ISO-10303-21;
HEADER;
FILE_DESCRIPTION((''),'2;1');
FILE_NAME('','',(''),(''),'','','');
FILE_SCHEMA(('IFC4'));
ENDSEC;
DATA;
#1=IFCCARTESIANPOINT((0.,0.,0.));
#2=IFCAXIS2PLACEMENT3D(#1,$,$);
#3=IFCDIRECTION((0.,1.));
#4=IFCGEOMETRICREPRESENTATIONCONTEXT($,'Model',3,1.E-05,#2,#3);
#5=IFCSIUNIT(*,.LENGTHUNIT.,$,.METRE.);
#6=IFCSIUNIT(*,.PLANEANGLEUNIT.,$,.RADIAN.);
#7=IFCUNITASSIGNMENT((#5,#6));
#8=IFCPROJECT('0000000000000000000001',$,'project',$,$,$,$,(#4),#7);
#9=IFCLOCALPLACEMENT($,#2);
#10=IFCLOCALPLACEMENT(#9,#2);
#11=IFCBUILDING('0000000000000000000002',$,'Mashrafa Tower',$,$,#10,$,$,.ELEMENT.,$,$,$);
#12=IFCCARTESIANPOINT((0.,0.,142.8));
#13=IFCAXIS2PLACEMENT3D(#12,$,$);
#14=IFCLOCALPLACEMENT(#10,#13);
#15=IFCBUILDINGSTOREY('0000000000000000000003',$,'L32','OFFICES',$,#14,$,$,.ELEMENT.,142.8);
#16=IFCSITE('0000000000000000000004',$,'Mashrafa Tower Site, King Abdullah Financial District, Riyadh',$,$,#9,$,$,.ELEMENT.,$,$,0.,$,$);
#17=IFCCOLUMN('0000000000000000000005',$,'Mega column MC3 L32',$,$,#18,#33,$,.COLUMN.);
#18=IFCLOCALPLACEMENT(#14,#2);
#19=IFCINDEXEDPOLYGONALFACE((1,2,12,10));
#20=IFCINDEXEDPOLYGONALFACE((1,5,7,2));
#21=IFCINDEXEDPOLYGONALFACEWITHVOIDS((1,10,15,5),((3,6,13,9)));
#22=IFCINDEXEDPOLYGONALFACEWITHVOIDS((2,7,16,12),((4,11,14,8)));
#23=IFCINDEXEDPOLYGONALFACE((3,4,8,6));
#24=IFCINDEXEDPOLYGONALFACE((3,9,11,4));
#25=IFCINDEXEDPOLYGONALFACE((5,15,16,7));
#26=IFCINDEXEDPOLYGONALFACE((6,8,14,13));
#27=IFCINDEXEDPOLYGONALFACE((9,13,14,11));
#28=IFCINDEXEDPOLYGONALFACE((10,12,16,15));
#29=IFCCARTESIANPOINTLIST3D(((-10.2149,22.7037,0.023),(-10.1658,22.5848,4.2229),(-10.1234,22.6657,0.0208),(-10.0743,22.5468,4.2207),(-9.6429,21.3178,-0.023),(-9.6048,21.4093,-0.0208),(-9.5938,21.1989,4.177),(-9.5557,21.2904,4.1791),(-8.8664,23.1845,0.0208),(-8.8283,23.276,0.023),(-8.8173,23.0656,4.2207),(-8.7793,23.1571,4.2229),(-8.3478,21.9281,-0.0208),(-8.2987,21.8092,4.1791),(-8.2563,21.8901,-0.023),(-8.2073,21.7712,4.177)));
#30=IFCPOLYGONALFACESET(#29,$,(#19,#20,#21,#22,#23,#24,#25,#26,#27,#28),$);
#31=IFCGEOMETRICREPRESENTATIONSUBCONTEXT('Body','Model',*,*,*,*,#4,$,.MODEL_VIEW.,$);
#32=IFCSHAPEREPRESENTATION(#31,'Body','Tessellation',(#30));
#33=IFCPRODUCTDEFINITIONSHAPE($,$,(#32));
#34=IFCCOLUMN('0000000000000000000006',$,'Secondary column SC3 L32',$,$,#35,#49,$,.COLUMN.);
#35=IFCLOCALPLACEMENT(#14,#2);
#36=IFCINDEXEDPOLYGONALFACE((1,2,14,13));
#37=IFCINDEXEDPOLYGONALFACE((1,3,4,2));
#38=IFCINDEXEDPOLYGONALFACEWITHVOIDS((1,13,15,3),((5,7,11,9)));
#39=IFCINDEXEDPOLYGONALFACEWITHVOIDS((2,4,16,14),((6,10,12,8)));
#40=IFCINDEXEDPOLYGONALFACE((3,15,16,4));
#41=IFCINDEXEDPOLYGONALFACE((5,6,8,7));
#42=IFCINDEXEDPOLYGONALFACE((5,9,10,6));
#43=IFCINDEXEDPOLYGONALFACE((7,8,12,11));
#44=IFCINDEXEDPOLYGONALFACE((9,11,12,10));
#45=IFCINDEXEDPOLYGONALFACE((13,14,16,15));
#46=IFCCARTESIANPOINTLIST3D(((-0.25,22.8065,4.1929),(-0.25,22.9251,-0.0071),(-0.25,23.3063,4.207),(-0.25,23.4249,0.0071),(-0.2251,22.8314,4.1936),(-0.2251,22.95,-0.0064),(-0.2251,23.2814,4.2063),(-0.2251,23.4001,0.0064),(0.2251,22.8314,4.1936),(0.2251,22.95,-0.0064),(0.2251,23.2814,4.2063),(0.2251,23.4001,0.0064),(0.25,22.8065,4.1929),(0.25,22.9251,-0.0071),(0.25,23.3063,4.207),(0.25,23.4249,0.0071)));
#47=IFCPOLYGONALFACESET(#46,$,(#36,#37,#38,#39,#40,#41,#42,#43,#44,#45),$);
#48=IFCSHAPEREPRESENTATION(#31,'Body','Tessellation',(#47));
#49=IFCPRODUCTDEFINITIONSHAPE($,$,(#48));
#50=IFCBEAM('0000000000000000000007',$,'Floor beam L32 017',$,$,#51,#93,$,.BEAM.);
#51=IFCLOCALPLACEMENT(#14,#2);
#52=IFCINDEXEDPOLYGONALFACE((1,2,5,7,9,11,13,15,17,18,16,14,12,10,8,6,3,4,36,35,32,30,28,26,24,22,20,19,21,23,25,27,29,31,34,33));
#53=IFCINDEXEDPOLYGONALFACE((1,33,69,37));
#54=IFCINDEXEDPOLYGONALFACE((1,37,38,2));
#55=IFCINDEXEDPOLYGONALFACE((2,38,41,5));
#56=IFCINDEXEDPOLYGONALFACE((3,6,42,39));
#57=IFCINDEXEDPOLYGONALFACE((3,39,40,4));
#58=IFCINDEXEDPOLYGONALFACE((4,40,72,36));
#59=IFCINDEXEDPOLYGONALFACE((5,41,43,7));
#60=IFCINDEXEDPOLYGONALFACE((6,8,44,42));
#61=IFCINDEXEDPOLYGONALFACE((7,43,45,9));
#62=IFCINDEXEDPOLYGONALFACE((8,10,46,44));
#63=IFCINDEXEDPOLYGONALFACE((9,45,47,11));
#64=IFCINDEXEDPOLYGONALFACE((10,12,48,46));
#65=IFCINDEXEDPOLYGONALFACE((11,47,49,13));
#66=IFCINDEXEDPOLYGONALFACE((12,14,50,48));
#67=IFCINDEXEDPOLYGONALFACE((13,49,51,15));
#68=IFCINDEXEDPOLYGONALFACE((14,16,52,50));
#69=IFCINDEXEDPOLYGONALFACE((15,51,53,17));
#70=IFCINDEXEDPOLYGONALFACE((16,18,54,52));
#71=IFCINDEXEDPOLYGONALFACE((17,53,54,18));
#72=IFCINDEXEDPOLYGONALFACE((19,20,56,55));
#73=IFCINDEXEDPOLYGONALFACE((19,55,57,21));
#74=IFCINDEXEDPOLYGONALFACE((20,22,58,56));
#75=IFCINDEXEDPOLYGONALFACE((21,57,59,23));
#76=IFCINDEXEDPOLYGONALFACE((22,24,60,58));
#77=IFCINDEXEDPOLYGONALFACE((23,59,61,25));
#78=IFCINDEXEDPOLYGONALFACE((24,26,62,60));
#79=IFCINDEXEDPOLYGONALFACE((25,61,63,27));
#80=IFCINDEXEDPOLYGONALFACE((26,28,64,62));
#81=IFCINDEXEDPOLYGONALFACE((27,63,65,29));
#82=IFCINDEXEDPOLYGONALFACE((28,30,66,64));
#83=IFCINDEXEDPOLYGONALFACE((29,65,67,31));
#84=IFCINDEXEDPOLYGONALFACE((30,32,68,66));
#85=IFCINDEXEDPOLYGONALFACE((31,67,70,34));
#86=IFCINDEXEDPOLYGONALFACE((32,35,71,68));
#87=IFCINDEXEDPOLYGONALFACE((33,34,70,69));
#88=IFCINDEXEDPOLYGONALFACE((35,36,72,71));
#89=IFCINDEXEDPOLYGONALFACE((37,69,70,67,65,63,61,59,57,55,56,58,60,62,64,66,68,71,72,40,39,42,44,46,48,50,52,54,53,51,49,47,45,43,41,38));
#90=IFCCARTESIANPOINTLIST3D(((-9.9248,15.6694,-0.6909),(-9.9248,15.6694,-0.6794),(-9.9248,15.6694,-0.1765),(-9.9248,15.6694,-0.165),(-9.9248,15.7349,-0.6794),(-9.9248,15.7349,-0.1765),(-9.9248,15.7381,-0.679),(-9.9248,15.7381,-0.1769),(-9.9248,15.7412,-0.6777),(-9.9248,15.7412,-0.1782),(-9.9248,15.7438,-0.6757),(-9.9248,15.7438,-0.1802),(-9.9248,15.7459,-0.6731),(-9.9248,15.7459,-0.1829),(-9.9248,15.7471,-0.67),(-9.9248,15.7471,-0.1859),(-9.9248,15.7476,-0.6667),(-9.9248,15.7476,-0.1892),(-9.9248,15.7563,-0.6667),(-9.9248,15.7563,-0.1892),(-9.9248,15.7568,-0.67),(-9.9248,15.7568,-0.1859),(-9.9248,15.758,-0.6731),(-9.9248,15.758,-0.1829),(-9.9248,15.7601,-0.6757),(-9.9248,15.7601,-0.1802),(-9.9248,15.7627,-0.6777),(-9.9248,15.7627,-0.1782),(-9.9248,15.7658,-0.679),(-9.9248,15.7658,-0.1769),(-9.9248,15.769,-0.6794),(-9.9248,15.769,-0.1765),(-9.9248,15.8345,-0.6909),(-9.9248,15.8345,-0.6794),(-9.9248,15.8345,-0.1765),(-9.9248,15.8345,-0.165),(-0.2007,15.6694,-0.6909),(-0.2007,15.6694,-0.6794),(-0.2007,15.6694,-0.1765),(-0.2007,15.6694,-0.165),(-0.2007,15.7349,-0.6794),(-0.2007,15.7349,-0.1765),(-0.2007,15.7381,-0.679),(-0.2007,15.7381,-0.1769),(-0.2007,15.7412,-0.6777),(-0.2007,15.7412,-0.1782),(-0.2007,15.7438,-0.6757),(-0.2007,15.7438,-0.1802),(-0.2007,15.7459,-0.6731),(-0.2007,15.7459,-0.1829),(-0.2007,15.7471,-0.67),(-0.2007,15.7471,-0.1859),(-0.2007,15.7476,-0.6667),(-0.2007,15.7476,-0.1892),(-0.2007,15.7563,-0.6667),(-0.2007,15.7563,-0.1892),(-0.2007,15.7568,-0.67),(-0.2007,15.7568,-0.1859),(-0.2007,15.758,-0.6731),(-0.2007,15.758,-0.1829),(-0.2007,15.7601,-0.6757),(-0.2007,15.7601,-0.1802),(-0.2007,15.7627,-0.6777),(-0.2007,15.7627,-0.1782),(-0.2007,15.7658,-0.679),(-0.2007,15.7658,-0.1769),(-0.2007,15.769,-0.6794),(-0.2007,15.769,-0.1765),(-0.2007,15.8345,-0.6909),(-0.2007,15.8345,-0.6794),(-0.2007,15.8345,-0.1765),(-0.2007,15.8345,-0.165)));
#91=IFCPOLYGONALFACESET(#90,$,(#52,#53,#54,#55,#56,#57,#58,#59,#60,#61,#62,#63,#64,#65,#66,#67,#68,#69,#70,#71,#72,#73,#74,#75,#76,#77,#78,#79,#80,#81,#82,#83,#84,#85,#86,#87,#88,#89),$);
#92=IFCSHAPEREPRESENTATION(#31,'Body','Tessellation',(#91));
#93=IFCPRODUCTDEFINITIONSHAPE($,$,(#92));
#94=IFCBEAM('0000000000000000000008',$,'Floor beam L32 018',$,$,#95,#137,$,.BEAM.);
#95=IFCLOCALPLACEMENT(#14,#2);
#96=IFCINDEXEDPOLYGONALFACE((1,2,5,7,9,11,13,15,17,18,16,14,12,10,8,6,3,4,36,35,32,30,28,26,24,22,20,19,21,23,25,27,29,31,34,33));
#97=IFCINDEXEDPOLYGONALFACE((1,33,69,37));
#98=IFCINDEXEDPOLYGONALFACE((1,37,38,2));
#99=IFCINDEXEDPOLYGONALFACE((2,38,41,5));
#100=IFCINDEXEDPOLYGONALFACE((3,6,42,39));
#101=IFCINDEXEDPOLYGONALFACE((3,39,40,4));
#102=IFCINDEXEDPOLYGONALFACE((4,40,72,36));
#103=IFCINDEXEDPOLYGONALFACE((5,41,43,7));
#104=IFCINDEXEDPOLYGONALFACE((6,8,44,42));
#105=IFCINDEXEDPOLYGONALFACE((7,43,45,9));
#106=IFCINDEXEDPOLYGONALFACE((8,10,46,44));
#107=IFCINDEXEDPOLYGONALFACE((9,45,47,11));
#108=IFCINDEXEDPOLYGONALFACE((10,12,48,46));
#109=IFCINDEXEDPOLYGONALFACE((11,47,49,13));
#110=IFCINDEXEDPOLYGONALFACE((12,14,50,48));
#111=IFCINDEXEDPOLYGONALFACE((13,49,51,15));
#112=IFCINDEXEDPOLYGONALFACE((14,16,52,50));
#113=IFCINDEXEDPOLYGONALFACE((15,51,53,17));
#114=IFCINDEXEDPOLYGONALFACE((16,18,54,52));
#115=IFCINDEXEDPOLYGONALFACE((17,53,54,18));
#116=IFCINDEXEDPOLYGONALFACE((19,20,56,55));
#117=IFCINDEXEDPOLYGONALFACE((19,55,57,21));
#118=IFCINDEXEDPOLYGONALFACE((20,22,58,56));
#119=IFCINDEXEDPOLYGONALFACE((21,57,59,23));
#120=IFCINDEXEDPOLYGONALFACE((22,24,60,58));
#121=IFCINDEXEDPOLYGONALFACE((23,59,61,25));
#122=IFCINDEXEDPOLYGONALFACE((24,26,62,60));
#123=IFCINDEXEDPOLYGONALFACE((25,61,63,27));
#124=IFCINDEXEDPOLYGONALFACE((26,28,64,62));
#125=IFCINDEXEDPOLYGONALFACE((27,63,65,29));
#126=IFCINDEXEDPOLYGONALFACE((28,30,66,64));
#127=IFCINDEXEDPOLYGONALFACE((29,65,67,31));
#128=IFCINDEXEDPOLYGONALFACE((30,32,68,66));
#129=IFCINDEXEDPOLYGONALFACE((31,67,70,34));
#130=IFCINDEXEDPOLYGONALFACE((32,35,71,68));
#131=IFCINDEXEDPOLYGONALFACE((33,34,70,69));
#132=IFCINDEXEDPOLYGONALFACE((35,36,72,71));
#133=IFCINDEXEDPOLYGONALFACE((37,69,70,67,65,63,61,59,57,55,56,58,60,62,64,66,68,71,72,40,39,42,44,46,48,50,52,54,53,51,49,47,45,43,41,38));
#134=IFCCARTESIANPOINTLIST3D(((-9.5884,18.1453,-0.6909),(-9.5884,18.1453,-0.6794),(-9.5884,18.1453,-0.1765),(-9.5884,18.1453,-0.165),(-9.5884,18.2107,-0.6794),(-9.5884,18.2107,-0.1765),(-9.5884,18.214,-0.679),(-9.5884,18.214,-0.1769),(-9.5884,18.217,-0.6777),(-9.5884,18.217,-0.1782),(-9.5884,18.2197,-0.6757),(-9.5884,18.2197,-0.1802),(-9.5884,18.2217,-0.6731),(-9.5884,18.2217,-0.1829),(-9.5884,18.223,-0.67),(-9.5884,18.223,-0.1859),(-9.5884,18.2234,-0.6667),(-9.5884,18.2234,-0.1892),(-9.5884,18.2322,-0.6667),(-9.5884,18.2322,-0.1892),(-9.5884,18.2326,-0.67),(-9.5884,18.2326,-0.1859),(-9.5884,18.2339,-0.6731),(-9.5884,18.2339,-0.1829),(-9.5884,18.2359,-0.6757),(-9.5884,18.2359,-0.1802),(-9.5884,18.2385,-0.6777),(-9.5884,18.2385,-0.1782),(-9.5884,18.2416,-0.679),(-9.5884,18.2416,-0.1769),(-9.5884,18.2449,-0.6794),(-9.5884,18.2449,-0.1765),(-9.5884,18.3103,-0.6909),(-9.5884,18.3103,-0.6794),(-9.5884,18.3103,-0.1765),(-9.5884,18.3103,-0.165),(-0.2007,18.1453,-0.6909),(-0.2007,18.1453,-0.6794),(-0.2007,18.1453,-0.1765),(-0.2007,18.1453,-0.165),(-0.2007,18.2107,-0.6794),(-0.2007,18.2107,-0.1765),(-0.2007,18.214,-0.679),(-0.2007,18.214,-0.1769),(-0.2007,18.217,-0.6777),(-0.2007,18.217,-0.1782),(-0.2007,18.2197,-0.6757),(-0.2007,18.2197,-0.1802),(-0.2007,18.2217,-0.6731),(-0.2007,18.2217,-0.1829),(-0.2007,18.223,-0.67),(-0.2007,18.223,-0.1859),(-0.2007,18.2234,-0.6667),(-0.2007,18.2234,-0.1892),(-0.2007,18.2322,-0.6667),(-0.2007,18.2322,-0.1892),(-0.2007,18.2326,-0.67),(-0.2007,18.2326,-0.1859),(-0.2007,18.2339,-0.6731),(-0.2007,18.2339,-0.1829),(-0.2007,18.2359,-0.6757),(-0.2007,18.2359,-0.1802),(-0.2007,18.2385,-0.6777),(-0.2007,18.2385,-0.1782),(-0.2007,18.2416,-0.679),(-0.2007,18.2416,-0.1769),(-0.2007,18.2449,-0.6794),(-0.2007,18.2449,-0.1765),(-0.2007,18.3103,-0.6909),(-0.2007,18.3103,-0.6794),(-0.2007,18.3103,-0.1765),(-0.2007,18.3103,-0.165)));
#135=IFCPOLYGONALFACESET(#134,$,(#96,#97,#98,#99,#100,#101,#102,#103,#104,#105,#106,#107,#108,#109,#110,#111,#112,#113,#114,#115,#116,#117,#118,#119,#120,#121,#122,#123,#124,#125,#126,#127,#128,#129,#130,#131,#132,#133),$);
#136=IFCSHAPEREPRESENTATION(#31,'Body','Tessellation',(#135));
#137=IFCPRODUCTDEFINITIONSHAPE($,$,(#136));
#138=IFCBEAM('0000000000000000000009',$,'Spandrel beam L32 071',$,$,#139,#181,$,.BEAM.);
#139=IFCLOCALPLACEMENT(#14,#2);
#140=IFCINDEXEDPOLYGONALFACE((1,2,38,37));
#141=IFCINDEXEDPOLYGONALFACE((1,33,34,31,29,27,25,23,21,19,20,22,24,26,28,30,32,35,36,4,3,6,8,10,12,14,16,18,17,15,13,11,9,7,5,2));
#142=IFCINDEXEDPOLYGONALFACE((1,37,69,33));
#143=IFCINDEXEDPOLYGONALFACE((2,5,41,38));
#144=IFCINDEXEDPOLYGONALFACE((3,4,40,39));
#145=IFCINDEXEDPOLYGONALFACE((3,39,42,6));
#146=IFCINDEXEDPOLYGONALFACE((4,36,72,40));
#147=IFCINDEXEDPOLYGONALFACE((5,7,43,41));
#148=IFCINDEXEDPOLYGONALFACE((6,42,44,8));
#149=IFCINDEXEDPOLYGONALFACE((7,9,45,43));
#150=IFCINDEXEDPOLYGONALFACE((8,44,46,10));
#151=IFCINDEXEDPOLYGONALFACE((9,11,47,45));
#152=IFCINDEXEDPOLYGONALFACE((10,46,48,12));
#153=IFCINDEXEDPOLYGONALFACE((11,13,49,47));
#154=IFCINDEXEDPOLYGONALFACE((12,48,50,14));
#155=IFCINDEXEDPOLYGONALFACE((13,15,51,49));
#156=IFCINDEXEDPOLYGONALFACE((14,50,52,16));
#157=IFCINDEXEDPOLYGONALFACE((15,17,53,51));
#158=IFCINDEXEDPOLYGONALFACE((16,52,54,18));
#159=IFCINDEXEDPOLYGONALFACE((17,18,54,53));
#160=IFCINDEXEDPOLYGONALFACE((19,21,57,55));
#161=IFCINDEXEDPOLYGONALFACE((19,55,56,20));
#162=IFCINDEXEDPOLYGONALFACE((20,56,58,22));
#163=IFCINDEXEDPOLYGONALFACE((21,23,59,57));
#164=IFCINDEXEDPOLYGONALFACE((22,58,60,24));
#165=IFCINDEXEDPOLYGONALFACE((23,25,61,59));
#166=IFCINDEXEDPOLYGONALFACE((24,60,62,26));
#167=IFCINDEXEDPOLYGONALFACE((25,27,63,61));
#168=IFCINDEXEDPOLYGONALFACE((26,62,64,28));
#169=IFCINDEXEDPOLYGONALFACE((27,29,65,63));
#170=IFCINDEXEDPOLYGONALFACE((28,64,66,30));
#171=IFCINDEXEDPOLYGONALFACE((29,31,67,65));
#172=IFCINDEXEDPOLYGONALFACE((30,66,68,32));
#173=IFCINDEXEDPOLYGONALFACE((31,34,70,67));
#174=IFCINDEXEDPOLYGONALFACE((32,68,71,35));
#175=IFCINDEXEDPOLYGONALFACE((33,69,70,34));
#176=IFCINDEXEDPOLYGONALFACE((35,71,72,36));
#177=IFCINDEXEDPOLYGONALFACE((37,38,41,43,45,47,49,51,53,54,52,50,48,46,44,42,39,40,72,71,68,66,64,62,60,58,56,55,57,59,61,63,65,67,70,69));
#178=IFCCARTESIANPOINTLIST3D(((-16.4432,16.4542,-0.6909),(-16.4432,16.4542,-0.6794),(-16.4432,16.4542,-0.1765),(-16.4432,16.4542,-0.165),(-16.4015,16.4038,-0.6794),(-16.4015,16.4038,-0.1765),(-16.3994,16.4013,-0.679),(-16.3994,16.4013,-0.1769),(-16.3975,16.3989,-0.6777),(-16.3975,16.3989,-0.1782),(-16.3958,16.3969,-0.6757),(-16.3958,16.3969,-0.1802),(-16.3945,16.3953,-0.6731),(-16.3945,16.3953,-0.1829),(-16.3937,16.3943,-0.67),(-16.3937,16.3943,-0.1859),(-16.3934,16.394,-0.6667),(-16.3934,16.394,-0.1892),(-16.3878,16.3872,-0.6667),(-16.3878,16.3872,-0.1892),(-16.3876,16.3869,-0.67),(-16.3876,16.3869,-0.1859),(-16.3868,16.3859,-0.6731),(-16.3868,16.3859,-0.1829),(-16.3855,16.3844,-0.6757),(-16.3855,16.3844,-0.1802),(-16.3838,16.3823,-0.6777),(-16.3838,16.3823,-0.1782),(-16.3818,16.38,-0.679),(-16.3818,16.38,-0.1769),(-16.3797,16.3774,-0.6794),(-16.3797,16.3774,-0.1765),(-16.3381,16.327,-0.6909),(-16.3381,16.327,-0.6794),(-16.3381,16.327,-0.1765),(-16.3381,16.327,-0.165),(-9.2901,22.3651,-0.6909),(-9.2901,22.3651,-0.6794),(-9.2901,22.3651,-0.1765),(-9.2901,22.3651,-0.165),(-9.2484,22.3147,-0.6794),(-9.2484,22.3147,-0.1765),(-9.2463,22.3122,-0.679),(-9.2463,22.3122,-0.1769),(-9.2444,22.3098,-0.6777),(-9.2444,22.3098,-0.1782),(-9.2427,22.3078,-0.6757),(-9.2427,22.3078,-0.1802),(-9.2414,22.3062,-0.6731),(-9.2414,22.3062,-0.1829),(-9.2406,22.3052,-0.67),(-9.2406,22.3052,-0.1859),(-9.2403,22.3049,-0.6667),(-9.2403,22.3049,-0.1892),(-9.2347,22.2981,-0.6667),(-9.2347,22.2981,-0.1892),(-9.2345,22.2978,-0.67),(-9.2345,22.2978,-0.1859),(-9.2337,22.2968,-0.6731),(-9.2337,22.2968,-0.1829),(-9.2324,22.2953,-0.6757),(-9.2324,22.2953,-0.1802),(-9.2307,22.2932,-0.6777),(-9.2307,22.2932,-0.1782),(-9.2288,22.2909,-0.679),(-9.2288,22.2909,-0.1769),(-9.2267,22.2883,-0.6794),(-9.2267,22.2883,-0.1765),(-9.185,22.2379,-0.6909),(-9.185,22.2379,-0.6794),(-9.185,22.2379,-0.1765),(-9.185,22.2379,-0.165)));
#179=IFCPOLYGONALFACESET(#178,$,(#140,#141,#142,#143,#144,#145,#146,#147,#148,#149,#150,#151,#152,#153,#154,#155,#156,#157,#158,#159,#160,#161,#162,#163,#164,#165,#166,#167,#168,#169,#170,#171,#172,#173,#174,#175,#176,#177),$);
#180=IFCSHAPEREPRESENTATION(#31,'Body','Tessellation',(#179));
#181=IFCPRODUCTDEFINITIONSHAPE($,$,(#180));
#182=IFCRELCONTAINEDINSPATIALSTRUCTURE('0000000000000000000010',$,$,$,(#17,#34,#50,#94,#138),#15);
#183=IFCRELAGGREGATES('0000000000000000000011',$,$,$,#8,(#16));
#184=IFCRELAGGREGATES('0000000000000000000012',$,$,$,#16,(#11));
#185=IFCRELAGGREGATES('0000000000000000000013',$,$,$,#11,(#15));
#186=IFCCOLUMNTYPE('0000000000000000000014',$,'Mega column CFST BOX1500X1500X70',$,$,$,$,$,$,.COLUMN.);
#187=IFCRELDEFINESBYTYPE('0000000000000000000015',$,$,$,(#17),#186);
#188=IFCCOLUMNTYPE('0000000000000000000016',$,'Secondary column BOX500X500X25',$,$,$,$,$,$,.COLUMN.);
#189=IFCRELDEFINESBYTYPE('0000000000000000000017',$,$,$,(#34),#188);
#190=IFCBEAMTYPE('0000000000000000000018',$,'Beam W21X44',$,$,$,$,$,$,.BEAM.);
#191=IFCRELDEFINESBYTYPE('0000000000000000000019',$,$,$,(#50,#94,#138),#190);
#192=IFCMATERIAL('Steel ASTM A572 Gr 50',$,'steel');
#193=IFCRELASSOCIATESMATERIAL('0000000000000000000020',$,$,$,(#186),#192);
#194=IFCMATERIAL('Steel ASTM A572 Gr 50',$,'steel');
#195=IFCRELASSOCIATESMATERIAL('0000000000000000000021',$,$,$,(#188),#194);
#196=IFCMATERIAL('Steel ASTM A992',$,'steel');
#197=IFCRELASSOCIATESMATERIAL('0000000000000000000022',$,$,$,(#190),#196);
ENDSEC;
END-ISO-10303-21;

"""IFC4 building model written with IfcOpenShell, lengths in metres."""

from ifc_helpers import new_model, si_unit, direction, frame, origin, origin_2d, place, context, subcontext, project, spatial, hollow_rectangle, i_section, extrude, material, material_profile, profile_set, type_object, element, save


model = new_model("IFC4")

# Units and contexts
model_context = context("Model", 3, precision=1e-05, world=origin(), true_north=direction((0.0, 1.0)))
body_context = subcontext(model_context, "Body", "Model", "MODEL_VIEW")
ifc_project = project(units=[si_unit("LENGTHUNIT", "METRE"), si_unit("PLANEANGLEUNIT", "RADIAN")], contexts=[model_context])

# Site, building, storey
site_placement = place(None, origin())
site = spatial("IfcSite", under=ifc_project, at=site_placement, Name="Mashrafa Tower Site, King Abdullah Financial District, Riyadh", CompositionType="ELEMENT", RefElevation=0.0)
building_placement = place(site_placement, origin())
building = spatial("IfcBuilding", under=site, at=building_placement, Name="Mashrafa Tower", CompositionType="ELEMENT")
storey_placement = place(building_placement, frame((0.0, 0.0, 142.8)))
storey = spatial("IfcBuildingStorey", under=building, at=storey_placement, Name="L32", Description="OFFICES", CompositionType="ELEMENT", Elevation=142.8)

# Columns
ifc_material_1 = material(Name="Steel ASTM A572 Gr 50", Category="steel")
ifc_material_profile_1 = material_profile(ifc_material_1, hollow_rectangle(XDim=1.5, YDim=1.5, WallThickness=0.0701, at=origin_2d()), Name="BOX1500X1500X70")
ifc_profile_set_1 = profile_set([ifc_material_profile_1], Name="Steel ASTM A572 Gr 50")
column_type_1 = type_object("IfcColumnType", Name="Mega column CFST BOX1500X1500X70", PredefinedType="COLUMN", material=ifc_profile_set_1)
column_1_placement = place(storey_placement, frame((-9.2356, 22.2969, 0.0), z_axis=(0.011679, -0.028296, 0.999531), x_axis=(0.924363, 0.381513, 0.0)))
element("IfcColumn", 1, at=column_1_placement, inside=storey, type_object=column_type_1, Name="Mega column MC3 L32", PredefinedType="COLUMN", context=body_context, shape_type="SweptSolid", body=[
    extrude(hollow_rectangle(XDim=1.5, YDim=1.5, WallThickness=0.0701, at=origin_2d()), origin(), (0.0, 0.0, 1.0), 4.2019),
])
ifc_material_2 = material(Name="Steel ASTM A572 Gr 50", Category="steel")
ifc_material_profile_2 = material_profile(ifc_material_2, hollow_rectangle(XDim=0.5, YDim=0.5, WallThickness=0.0249, at=origin_2d()), Name="BOX500X500X25")
ifc_profile_set_2 = profile_set([ifc_material_profile_2], Name="Steel ASTM A572 Gr 50")
column_type_2 = type_object("IfcColumnType", Name="Secondary column BOX500X500X25", PredefinedType="COLUMN", material=ifc_profile_set_2)
column_2_placement = place(storey_placement, frame((0.0, 23.175, 0.0), z_axis=(0.0, -0.02824, 0.999601), x_axis=(1.0, 0.0, 0.0)))
element("IfcColumn", 2, at=column_2_placement, inside=storey, type_object=column_type_2, Name="Secondary column SC3 L32", PredefinedType="COLUMN", context=body_context, shape_type="SweptSolid", body=[
    extrude(hollow_rectangle(XDim=0.5, YDim=0.5, WallThickness=0.0249, at=origin_2d()), origin(), (0.0, 0.0, 1.0), 4.2017),
])

# Beams
ifc_material_3 = material(Name="Steel ASTM A992", Category="steel")
ifc_material_profile_3 = material_profile(ifc_material_3, i_section(OverallWidth=0.165, OverallDepth=0.5259, WebThickness=0.0088, FlangeThickness=0.0115, FilletRadius=0.0127, at=origin_2d()), Name="W21X44")
ifc_profile_set_3 = profile_set([ifc_material_profile_3], Name="Steel ASTM A992")
beam_type_1 = type_object("IfcBeamType", Name="Beam W21X44", PredefinedType="BEAM", material=ifc_profile_set_3)
beam_1_placement = place(storey_placement, frame((-9.9248, 15.752, -0.428), z_axis=(1.0, 0.0, 0.0), x_axis=(0.0, 1.0, 0.0)))
element("IfcBeam", 3, at=beam_1_placement, inside=storey, type_object=beam_type_1, Name="Floor beam L32 017", PredefinedType="BEAM", context=body_context, shape_type="SweptSolid", body=[
    extrude(i_section(OverallWidth=0.165, OverallDepth=0.5259, WebThickness=0.0088, FlangeThickness=0.0115, FilletRadius=0.0127, at=origin_2d()), origin(), (0.0, 0.0, 1.0), 9.7241),
])
beam_2_placement = place(storey_placement, frame((-9.5884, 18.2278, -0.428), z_axis=(1.0, 0.0, 0.0), x_axis=(0.0, 1.0, 0.0)))
element("IfcBeam", 4, at=beam_2_placement, inside=storey, type_object=beam_type_1, Name="Floor beam L32 018", PredefinedType="BEAM", context=body_context, shape_type="SweptSolid", body=[
    extrude(i_section(OverallWidth=0.165, OverallDepth=0.5259, WebThickness=0.0088, FlangeThickness=0.0115, FilletRadius=0.0127, at=origin_2d()), origin(), (0.0, 0.0, 1.0), 9.3877),
])
beam_3_placement = place(storey_placement, frame((-9.2375, 22.3015, -0.428), z_axis=(-0.770865, -0.636998, 0.0), x_axis=(0.636998, -0.770865, 0.0)))
element("IfcBeam", 5, at=beam_3_placement, inside=storey, type_object=beam_type_1, Name="Spandrel beam L32 071", PredefinedType="BEAM", context=body_context, shape_type="SweptSolid", body=[
    extrude(i_section(OverallWidth=0.165, OverallDepth=0.5259, WebThickness=0.0088, FlangeThickness=0.0115, FilletRadius=0.0127, at=origin_2d()), origin(), (0.0, 0.0, 1.0), 9.2793),
])

save(model, "model.ifc")
